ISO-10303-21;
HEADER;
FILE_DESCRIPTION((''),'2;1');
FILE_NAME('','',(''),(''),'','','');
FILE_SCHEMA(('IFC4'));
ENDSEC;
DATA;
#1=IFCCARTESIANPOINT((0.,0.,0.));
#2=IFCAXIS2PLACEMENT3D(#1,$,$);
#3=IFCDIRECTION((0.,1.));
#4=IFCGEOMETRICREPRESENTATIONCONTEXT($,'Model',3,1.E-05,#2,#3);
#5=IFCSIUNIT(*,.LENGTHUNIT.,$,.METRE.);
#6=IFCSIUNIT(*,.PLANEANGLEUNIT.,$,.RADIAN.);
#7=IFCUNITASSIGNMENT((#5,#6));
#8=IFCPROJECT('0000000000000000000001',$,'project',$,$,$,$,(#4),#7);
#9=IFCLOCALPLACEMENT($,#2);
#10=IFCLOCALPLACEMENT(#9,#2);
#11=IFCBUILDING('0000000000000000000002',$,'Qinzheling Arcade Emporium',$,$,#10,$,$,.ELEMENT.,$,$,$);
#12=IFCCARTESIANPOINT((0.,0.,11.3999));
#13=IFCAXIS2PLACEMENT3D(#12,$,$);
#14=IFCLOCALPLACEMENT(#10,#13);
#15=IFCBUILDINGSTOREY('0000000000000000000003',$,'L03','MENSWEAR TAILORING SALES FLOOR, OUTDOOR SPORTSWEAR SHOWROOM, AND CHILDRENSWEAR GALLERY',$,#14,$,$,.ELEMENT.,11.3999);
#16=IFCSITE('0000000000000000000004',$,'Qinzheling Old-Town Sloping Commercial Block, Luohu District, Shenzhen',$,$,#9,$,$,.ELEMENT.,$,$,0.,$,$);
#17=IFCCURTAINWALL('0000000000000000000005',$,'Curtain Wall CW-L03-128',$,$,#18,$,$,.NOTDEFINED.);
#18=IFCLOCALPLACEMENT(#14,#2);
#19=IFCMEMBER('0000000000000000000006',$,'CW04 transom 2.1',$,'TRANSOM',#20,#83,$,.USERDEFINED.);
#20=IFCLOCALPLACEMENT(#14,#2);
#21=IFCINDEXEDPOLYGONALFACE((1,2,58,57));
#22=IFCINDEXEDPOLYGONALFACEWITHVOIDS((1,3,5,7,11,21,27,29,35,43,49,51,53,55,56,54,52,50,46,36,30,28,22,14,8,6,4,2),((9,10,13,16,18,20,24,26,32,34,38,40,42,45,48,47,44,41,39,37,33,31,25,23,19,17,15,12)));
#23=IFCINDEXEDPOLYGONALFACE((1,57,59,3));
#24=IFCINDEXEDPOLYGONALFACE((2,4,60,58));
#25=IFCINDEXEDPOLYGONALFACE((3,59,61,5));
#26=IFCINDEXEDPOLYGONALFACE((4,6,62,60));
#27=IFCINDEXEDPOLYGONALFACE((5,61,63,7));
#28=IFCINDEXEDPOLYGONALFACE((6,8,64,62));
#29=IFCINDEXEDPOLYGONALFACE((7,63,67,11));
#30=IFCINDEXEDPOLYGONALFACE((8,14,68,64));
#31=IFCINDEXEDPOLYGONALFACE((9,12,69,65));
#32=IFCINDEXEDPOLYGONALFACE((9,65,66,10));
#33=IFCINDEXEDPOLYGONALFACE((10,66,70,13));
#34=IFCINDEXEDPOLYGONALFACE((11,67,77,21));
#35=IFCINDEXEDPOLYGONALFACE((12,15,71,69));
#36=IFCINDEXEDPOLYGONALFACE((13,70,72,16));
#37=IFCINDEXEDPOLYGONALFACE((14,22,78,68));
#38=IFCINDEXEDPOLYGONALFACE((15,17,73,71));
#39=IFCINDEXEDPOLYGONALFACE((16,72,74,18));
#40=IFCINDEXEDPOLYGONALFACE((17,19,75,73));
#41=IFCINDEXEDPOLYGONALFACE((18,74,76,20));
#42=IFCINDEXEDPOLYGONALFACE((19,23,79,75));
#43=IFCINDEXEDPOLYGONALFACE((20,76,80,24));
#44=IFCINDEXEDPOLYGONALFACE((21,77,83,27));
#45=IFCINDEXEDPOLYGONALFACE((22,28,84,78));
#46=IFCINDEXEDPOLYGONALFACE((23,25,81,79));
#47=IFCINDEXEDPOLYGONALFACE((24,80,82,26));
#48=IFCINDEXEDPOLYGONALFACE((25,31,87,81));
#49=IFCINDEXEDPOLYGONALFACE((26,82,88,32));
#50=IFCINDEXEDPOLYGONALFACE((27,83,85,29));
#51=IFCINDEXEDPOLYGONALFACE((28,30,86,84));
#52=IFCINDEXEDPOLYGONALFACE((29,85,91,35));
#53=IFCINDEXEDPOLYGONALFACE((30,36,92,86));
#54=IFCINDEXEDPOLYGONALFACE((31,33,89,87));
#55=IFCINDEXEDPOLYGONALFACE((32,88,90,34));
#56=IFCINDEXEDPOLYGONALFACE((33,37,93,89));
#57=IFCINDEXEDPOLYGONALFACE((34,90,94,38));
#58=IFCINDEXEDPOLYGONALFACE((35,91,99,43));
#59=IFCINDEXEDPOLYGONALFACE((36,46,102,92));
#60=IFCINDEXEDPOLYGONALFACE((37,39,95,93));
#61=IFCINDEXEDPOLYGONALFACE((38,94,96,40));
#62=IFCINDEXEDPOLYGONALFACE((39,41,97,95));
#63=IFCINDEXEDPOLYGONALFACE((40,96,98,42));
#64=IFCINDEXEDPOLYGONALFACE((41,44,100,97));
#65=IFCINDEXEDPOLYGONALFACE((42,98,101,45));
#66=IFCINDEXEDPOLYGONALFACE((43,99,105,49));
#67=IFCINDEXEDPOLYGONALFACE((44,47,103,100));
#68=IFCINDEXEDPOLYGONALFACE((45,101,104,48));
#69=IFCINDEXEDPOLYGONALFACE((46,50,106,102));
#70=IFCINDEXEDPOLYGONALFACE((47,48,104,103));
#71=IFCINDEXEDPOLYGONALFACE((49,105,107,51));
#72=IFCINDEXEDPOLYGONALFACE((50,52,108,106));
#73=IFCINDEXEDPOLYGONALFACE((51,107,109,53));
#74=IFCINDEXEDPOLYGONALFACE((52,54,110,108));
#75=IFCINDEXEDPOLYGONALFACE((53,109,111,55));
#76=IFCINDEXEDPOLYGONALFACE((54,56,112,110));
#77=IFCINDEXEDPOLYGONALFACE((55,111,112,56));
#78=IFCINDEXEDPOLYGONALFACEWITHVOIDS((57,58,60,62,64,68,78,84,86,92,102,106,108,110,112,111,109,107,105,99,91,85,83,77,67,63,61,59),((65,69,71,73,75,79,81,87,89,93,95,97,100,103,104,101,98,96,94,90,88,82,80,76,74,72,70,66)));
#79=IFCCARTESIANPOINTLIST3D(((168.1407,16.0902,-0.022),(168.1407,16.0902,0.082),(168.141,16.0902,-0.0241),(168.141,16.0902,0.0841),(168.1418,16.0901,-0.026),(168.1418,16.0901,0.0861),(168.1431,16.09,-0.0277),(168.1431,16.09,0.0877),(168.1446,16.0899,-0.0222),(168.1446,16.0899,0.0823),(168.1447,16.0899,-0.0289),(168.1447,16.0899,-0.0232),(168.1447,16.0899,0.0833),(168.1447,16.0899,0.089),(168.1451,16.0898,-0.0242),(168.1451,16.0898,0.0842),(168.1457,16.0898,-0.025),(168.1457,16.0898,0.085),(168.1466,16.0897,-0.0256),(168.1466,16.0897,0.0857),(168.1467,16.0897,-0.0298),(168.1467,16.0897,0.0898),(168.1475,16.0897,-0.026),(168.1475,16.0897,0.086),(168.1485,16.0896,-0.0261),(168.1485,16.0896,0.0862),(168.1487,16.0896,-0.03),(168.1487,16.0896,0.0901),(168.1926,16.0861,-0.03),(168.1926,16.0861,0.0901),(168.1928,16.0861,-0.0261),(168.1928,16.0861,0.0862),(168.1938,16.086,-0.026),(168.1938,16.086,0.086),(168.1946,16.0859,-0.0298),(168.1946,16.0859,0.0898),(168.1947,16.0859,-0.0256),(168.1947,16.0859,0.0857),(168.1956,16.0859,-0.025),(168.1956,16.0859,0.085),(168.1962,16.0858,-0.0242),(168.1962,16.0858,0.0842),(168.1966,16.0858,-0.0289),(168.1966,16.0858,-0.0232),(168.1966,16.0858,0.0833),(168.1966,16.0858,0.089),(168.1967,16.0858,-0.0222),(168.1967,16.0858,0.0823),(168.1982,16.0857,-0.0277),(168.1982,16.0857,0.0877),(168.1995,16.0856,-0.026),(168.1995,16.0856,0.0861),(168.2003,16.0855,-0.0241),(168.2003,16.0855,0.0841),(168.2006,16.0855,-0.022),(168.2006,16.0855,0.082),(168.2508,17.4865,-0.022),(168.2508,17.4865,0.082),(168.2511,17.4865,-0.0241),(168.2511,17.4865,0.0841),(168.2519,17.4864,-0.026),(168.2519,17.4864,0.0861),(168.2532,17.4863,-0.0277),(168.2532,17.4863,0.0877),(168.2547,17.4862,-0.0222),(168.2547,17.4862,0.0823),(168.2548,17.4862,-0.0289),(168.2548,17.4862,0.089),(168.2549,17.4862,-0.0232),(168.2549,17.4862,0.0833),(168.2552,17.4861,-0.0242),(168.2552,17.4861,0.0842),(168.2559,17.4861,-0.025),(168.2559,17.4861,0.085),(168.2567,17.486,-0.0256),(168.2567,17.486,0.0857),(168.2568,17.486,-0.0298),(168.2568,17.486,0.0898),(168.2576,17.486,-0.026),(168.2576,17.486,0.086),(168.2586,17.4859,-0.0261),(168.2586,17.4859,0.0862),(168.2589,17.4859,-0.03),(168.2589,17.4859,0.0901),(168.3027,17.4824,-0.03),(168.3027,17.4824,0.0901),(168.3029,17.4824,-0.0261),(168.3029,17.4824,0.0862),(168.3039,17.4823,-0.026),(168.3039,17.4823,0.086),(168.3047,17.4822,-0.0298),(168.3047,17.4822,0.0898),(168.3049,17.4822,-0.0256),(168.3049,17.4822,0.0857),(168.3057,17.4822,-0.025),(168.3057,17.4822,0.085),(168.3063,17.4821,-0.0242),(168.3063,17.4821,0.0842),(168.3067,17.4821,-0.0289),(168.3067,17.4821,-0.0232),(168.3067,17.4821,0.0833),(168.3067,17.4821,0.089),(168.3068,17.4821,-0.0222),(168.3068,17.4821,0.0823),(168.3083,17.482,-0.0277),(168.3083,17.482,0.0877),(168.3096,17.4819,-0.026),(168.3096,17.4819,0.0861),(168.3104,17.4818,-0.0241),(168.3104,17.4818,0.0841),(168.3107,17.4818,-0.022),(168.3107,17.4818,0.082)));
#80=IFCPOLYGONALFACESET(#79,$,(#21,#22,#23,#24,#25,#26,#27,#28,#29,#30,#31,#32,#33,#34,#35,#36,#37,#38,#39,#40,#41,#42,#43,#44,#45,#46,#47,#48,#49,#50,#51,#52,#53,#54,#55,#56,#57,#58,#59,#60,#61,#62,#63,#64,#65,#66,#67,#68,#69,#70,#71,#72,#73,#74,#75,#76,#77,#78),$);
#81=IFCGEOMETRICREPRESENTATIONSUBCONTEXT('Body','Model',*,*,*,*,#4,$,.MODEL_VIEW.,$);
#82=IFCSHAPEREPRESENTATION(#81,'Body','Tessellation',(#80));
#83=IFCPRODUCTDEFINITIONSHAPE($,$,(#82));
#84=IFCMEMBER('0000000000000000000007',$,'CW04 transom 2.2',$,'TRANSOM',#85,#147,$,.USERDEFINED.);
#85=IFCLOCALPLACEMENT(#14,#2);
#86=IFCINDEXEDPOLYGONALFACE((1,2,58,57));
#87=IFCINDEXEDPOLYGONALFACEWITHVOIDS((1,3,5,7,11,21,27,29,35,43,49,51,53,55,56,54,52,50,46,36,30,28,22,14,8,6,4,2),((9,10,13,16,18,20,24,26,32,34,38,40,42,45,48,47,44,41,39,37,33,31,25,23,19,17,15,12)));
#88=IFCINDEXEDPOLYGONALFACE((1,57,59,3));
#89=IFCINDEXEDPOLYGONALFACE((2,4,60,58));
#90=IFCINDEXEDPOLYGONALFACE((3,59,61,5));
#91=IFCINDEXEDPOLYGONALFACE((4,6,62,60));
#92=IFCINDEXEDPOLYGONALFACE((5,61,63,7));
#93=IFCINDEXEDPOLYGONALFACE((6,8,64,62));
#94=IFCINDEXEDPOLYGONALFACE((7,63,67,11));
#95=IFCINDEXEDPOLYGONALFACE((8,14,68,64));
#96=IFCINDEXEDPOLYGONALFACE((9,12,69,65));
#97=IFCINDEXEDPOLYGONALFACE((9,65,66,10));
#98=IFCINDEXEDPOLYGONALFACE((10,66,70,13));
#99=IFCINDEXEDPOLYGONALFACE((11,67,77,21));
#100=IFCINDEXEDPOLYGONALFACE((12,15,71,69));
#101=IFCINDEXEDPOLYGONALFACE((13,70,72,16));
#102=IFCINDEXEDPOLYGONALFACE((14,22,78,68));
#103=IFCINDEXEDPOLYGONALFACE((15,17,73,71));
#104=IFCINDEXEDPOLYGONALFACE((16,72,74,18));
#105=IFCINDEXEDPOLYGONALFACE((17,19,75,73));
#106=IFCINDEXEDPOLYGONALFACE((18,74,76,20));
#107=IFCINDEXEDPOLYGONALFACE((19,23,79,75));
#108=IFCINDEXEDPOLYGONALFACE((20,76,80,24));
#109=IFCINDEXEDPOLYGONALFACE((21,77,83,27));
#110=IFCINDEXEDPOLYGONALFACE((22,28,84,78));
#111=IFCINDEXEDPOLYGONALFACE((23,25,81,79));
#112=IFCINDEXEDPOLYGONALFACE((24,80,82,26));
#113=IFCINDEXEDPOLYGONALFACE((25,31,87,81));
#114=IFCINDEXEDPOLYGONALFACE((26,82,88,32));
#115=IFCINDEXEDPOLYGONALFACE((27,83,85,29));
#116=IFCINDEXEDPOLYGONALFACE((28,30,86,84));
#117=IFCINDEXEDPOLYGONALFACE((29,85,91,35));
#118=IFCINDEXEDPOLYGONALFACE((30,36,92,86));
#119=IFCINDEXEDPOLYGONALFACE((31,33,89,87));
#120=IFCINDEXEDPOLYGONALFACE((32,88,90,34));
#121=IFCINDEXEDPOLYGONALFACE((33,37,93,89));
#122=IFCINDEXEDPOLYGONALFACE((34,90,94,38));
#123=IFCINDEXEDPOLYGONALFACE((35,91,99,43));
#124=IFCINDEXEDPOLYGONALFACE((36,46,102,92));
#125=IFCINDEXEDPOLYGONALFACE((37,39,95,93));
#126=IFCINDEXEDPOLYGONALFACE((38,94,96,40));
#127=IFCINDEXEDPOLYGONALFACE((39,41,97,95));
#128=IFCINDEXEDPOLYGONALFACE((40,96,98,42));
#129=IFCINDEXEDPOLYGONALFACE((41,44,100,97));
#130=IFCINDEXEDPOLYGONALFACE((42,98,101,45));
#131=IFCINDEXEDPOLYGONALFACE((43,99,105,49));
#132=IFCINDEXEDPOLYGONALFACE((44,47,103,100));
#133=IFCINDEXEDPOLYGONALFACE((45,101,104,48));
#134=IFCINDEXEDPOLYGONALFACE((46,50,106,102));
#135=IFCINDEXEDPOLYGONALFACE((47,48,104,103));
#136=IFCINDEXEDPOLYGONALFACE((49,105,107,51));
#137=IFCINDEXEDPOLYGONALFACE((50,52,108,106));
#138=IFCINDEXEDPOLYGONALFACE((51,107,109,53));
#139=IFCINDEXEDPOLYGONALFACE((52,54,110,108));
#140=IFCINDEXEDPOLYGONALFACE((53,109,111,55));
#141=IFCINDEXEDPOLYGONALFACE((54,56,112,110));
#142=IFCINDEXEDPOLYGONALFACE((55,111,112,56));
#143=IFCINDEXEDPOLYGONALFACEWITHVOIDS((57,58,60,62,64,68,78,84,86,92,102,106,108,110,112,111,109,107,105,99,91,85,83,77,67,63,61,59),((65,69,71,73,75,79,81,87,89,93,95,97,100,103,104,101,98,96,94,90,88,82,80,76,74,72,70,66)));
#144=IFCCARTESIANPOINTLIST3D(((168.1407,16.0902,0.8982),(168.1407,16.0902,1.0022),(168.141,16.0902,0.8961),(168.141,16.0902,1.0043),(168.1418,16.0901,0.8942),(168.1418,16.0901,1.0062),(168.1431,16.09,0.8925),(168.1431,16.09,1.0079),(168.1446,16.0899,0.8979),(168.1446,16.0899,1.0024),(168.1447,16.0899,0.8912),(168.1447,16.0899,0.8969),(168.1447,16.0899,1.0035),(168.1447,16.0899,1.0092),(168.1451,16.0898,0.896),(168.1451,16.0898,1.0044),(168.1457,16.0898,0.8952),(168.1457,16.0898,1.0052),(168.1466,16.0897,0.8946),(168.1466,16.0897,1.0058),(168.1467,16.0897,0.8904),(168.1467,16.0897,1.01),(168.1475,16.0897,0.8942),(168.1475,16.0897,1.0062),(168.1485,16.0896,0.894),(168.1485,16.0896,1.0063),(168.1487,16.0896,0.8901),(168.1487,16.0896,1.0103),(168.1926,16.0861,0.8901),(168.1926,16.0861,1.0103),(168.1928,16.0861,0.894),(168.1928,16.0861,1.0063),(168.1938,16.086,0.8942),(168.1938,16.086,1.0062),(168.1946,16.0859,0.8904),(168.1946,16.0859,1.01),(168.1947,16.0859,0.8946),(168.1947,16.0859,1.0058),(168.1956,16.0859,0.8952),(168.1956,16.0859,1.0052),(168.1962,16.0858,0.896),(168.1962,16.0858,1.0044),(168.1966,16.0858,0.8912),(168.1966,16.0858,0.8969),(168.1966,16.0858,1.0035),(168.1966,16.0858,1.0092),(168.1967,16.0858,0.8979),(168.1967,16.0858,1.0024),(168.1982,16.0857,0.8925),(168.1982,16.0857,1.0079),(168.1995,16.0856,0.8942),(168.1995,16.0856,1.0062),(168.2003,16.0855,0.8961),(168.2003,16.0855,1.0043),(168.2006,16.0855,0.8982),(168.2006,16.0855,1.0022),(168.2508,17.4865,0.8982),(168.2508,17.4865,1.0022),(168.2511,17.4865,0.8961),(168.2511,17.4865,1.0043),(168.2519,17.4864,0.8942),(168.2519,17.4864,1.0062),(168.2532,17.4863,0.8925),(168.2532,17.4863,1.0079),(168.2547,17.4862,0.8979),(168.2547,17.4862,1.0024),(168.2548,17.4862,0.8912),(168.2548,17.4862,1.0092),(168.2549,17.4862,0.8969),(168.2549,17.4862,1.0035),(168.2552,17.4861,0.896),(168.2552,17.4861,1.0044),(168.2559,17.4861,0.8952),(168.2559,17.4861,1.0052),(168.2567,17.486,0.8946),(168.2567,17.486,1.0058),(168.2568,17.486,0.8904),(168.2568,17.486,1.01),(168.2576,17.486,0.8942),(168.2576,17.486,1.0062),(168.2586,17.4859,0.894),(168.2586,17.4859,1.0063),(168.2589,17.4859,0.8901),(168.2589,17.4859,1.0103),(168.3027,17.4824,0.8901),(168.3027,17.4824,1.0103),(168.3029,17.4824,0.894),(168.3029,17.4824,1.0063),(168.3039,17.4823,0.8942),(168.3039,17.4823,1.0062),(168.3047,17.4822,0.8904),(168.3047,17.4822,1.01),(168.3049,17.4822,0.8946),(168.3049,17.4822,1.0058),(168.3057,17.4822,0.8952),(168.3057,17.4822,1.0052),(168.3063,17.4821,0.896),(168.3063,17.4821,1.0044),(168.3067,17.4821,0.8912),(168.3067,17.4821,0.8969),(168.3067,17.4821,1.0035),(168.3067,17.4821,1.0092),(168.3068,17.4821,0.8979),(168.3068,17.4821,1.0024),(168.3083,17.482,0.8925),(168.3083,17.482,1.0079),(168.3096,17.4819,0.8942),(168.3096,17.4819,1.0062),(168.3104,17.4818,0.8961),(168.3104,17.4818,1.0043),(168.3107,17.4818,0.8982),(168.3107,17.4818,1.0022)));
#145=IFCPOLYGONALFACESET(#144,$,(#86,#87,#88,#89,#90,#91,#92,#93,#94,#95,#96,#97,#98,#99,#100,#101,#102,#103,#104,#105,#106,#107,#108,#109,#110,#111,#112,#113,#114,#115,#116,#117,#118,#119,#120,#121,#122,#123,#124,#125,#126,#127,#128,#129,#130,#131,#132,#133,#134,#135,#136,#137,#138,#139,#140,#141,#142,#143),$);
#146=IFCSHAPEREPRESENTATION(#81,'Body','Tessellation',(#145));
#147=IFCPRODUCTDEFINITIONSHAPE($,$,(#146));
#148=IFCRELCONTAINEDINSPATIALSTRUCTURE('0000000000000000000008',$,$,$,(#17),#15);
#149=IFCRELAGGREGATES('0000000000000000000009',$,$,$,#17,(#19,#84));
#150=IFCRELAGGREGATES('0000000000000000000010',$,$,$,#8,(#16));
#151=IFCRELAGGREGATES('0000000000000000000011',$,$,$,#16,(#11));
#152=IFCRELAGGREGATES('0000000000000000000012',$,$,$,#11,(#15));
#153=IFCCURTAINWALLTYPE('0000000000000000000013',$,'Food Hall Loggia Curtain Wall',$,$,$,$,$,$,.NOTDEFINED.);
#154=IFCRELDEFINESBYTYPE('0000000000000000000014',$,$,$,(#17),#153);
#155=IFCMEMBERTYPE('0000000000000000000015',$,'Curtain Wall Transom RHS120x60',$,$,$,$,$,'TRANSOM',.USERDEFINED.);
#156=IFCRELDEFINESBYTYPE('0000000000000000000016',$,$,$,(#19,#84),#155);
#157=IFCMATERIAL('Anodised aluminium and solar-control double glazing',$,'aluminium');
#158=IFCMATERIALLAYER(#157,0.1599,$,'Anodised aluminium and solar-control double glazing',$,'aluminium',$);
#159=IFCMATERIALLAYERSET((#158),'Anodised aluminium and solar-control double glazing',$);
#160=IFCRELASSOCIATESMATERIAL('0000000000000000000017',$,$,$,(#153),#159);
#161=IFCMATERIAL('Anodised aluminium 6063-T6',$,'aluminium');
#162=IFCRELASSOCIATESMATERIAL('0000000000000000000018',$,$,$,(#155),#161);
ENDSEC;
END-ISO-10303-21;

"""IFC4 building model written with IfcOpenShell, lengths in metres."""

from ifc_helpers import new_model, si_unit, direction, frame, origin, origin_2d, place, context, subcontext, project, spatial, hollow_rectangle, extrude, material, layer, layer_set, material_profile, profile_set, type_object, element, aggregate, save


model = new_model("IFC4")

# Units and contexts
model_context = context("Model", 3, precision=1e-05, world=origin(), true_north=direction((0.0, 1.0)))
body_context = subcontext(model_context, "Body", "Model", "MODEL_VIEW")
ifc_project = project(units=[si_unit("LENGTHUNIT", "METRE"), si_unit("PLANEANGLEUNIT", "RADIAN")], contexts=[model_context])

# Site, building, storey
site_placement = place(None, origin())
site = spatial("IfcSite", under=ifc_project, at=site_placement, Name="Qinzheling Old-Town Sloping Commercial Block, Luohu District, Shenzhen", CompositionType="ELEMENT", RefElevation=0.0)
building_placement = place(site_placement, origin())
building = spatial("IfcBuilding", under=site, at=building_placement, Name="Qinzheling Arcade Emporium", CompositionType="ELEMENT")
storey_placement = place(building_placement, frame((0.0, 0.0, 11.3999)))
storey = spatial("IfcBuildingStorey", under=building, at=storey_placement, Name="L03", Description="MENSWEAR TAILORING SALES FLOOR, OUTDOOR SPORTSWEAR SHOWROOM, AND CHILDRENSWEAR GALLERY", CompositionType="ELEMENT", Elevation=11.3999)

# Curtain wall, members
ifc_material_1 = material(Name="Anodised aluminium and solar-control double glazing", Category="aluminium")
ifc_layer_1 = layer(ifc_material_1, 0.1599, Name="Anodised aluminium and solar-control double glazing", Category="aluminium")
ifc_layer_set_1 = layer_set([ifc_layer_1], Name="Anodised aluminium and solar-control double glazing")
curtain_wall_type = type_object("IfcCurtainWallType", Name="Food Hall Loggia Curtain Wall", PredefinedType="NOTDEFINED", material=ifc_layer_set_1)
curtain_wall_placement = place(storey_placement, origin())
curtain_wall = element("IfcCurtainWall", 1, at=curtain_wall_placement, inside=storey, type_object=curtain_wall_type, Name="Curtain Wall CW-L03-128", PredefinedType="NOTDEFINED")
ifc_material_2 = material(Name="Anodised aluminium 6063-T6", Category="aluminium")
ifc_material_profile_1 = material_profile(ifc_material_2, hollow_rectangle(XDim=0.0601, YDim=0.1201, WallThickness=0.0039, InnerFilletRadius=0.0039, OuterFilletRadius=0.0081, at=origin_2d()), Name="RHS 120x60x4", Category="aluminium")
ifc_profile_set_1 = profile_set([ifc_material_profile_1], Name="Anodised aluminium 6063-T6")
member_type_1 = type_object("IfcMemberType", Name="Curtain Wall Transom RHS120x60", ElementType="TRANSOM", PredefinedType="USERDEFINED", material=ifc_profile_set_1)
member_1_placement = place(storey_placement, frame((168.2808, 17.4841, 0.03), z_axis=(-0.078616, -0.996905, 0.0), x_axis=(0.996905, -0.078616, 0.0)))
member_1 = element("IfcMember", 2, at=member_1_placement, type_object=member_type_1, Name="CW04 transom 2.1", ObjectType="TRANSOM", PredefinedType="USERDEFINED", context=body_context, shape_type="SweptSolid", body=[
    extrude(hollow_rectangle(XDim=0.0601, YDim=0.1201, WallThickness=0.0039, InnerFilletRadius=0.0039, OuterFilletRadius=0.0081, at=origin_2d()), origin(), (0.0, 0.0, 1.0), 1.4006),
])
member_2_placement = place(storey_placement, frame((168.2808, 17.4841, 0.9502), z_axis=(-0.078616, -0.996905, 0.0), x_axis=(0.996905, -0.078616, 0.0)))
member_2 = element("IfcMember", 3, at=member_2_placement, type_object=member_type_1, Name="CW04 transom 2.2", ObjectType="TRANSOM", PredefinedType="USERDEFINED", context=body_context, shape_type="SweptSolid", body=[
    extrude(hollow_rectangle(XDim=0.0601, YDim=0.1201, WallThickness=0.0039, InnerFilletRadius=0.0039, OuterFilletRadius=0.0081, at=origin_2d()), origin(), (0.0, 0.0, 1.0), 1.4006),
])

aggregate(curtain_wall, [member_1, member_2])

save(model, "model.ifc")
